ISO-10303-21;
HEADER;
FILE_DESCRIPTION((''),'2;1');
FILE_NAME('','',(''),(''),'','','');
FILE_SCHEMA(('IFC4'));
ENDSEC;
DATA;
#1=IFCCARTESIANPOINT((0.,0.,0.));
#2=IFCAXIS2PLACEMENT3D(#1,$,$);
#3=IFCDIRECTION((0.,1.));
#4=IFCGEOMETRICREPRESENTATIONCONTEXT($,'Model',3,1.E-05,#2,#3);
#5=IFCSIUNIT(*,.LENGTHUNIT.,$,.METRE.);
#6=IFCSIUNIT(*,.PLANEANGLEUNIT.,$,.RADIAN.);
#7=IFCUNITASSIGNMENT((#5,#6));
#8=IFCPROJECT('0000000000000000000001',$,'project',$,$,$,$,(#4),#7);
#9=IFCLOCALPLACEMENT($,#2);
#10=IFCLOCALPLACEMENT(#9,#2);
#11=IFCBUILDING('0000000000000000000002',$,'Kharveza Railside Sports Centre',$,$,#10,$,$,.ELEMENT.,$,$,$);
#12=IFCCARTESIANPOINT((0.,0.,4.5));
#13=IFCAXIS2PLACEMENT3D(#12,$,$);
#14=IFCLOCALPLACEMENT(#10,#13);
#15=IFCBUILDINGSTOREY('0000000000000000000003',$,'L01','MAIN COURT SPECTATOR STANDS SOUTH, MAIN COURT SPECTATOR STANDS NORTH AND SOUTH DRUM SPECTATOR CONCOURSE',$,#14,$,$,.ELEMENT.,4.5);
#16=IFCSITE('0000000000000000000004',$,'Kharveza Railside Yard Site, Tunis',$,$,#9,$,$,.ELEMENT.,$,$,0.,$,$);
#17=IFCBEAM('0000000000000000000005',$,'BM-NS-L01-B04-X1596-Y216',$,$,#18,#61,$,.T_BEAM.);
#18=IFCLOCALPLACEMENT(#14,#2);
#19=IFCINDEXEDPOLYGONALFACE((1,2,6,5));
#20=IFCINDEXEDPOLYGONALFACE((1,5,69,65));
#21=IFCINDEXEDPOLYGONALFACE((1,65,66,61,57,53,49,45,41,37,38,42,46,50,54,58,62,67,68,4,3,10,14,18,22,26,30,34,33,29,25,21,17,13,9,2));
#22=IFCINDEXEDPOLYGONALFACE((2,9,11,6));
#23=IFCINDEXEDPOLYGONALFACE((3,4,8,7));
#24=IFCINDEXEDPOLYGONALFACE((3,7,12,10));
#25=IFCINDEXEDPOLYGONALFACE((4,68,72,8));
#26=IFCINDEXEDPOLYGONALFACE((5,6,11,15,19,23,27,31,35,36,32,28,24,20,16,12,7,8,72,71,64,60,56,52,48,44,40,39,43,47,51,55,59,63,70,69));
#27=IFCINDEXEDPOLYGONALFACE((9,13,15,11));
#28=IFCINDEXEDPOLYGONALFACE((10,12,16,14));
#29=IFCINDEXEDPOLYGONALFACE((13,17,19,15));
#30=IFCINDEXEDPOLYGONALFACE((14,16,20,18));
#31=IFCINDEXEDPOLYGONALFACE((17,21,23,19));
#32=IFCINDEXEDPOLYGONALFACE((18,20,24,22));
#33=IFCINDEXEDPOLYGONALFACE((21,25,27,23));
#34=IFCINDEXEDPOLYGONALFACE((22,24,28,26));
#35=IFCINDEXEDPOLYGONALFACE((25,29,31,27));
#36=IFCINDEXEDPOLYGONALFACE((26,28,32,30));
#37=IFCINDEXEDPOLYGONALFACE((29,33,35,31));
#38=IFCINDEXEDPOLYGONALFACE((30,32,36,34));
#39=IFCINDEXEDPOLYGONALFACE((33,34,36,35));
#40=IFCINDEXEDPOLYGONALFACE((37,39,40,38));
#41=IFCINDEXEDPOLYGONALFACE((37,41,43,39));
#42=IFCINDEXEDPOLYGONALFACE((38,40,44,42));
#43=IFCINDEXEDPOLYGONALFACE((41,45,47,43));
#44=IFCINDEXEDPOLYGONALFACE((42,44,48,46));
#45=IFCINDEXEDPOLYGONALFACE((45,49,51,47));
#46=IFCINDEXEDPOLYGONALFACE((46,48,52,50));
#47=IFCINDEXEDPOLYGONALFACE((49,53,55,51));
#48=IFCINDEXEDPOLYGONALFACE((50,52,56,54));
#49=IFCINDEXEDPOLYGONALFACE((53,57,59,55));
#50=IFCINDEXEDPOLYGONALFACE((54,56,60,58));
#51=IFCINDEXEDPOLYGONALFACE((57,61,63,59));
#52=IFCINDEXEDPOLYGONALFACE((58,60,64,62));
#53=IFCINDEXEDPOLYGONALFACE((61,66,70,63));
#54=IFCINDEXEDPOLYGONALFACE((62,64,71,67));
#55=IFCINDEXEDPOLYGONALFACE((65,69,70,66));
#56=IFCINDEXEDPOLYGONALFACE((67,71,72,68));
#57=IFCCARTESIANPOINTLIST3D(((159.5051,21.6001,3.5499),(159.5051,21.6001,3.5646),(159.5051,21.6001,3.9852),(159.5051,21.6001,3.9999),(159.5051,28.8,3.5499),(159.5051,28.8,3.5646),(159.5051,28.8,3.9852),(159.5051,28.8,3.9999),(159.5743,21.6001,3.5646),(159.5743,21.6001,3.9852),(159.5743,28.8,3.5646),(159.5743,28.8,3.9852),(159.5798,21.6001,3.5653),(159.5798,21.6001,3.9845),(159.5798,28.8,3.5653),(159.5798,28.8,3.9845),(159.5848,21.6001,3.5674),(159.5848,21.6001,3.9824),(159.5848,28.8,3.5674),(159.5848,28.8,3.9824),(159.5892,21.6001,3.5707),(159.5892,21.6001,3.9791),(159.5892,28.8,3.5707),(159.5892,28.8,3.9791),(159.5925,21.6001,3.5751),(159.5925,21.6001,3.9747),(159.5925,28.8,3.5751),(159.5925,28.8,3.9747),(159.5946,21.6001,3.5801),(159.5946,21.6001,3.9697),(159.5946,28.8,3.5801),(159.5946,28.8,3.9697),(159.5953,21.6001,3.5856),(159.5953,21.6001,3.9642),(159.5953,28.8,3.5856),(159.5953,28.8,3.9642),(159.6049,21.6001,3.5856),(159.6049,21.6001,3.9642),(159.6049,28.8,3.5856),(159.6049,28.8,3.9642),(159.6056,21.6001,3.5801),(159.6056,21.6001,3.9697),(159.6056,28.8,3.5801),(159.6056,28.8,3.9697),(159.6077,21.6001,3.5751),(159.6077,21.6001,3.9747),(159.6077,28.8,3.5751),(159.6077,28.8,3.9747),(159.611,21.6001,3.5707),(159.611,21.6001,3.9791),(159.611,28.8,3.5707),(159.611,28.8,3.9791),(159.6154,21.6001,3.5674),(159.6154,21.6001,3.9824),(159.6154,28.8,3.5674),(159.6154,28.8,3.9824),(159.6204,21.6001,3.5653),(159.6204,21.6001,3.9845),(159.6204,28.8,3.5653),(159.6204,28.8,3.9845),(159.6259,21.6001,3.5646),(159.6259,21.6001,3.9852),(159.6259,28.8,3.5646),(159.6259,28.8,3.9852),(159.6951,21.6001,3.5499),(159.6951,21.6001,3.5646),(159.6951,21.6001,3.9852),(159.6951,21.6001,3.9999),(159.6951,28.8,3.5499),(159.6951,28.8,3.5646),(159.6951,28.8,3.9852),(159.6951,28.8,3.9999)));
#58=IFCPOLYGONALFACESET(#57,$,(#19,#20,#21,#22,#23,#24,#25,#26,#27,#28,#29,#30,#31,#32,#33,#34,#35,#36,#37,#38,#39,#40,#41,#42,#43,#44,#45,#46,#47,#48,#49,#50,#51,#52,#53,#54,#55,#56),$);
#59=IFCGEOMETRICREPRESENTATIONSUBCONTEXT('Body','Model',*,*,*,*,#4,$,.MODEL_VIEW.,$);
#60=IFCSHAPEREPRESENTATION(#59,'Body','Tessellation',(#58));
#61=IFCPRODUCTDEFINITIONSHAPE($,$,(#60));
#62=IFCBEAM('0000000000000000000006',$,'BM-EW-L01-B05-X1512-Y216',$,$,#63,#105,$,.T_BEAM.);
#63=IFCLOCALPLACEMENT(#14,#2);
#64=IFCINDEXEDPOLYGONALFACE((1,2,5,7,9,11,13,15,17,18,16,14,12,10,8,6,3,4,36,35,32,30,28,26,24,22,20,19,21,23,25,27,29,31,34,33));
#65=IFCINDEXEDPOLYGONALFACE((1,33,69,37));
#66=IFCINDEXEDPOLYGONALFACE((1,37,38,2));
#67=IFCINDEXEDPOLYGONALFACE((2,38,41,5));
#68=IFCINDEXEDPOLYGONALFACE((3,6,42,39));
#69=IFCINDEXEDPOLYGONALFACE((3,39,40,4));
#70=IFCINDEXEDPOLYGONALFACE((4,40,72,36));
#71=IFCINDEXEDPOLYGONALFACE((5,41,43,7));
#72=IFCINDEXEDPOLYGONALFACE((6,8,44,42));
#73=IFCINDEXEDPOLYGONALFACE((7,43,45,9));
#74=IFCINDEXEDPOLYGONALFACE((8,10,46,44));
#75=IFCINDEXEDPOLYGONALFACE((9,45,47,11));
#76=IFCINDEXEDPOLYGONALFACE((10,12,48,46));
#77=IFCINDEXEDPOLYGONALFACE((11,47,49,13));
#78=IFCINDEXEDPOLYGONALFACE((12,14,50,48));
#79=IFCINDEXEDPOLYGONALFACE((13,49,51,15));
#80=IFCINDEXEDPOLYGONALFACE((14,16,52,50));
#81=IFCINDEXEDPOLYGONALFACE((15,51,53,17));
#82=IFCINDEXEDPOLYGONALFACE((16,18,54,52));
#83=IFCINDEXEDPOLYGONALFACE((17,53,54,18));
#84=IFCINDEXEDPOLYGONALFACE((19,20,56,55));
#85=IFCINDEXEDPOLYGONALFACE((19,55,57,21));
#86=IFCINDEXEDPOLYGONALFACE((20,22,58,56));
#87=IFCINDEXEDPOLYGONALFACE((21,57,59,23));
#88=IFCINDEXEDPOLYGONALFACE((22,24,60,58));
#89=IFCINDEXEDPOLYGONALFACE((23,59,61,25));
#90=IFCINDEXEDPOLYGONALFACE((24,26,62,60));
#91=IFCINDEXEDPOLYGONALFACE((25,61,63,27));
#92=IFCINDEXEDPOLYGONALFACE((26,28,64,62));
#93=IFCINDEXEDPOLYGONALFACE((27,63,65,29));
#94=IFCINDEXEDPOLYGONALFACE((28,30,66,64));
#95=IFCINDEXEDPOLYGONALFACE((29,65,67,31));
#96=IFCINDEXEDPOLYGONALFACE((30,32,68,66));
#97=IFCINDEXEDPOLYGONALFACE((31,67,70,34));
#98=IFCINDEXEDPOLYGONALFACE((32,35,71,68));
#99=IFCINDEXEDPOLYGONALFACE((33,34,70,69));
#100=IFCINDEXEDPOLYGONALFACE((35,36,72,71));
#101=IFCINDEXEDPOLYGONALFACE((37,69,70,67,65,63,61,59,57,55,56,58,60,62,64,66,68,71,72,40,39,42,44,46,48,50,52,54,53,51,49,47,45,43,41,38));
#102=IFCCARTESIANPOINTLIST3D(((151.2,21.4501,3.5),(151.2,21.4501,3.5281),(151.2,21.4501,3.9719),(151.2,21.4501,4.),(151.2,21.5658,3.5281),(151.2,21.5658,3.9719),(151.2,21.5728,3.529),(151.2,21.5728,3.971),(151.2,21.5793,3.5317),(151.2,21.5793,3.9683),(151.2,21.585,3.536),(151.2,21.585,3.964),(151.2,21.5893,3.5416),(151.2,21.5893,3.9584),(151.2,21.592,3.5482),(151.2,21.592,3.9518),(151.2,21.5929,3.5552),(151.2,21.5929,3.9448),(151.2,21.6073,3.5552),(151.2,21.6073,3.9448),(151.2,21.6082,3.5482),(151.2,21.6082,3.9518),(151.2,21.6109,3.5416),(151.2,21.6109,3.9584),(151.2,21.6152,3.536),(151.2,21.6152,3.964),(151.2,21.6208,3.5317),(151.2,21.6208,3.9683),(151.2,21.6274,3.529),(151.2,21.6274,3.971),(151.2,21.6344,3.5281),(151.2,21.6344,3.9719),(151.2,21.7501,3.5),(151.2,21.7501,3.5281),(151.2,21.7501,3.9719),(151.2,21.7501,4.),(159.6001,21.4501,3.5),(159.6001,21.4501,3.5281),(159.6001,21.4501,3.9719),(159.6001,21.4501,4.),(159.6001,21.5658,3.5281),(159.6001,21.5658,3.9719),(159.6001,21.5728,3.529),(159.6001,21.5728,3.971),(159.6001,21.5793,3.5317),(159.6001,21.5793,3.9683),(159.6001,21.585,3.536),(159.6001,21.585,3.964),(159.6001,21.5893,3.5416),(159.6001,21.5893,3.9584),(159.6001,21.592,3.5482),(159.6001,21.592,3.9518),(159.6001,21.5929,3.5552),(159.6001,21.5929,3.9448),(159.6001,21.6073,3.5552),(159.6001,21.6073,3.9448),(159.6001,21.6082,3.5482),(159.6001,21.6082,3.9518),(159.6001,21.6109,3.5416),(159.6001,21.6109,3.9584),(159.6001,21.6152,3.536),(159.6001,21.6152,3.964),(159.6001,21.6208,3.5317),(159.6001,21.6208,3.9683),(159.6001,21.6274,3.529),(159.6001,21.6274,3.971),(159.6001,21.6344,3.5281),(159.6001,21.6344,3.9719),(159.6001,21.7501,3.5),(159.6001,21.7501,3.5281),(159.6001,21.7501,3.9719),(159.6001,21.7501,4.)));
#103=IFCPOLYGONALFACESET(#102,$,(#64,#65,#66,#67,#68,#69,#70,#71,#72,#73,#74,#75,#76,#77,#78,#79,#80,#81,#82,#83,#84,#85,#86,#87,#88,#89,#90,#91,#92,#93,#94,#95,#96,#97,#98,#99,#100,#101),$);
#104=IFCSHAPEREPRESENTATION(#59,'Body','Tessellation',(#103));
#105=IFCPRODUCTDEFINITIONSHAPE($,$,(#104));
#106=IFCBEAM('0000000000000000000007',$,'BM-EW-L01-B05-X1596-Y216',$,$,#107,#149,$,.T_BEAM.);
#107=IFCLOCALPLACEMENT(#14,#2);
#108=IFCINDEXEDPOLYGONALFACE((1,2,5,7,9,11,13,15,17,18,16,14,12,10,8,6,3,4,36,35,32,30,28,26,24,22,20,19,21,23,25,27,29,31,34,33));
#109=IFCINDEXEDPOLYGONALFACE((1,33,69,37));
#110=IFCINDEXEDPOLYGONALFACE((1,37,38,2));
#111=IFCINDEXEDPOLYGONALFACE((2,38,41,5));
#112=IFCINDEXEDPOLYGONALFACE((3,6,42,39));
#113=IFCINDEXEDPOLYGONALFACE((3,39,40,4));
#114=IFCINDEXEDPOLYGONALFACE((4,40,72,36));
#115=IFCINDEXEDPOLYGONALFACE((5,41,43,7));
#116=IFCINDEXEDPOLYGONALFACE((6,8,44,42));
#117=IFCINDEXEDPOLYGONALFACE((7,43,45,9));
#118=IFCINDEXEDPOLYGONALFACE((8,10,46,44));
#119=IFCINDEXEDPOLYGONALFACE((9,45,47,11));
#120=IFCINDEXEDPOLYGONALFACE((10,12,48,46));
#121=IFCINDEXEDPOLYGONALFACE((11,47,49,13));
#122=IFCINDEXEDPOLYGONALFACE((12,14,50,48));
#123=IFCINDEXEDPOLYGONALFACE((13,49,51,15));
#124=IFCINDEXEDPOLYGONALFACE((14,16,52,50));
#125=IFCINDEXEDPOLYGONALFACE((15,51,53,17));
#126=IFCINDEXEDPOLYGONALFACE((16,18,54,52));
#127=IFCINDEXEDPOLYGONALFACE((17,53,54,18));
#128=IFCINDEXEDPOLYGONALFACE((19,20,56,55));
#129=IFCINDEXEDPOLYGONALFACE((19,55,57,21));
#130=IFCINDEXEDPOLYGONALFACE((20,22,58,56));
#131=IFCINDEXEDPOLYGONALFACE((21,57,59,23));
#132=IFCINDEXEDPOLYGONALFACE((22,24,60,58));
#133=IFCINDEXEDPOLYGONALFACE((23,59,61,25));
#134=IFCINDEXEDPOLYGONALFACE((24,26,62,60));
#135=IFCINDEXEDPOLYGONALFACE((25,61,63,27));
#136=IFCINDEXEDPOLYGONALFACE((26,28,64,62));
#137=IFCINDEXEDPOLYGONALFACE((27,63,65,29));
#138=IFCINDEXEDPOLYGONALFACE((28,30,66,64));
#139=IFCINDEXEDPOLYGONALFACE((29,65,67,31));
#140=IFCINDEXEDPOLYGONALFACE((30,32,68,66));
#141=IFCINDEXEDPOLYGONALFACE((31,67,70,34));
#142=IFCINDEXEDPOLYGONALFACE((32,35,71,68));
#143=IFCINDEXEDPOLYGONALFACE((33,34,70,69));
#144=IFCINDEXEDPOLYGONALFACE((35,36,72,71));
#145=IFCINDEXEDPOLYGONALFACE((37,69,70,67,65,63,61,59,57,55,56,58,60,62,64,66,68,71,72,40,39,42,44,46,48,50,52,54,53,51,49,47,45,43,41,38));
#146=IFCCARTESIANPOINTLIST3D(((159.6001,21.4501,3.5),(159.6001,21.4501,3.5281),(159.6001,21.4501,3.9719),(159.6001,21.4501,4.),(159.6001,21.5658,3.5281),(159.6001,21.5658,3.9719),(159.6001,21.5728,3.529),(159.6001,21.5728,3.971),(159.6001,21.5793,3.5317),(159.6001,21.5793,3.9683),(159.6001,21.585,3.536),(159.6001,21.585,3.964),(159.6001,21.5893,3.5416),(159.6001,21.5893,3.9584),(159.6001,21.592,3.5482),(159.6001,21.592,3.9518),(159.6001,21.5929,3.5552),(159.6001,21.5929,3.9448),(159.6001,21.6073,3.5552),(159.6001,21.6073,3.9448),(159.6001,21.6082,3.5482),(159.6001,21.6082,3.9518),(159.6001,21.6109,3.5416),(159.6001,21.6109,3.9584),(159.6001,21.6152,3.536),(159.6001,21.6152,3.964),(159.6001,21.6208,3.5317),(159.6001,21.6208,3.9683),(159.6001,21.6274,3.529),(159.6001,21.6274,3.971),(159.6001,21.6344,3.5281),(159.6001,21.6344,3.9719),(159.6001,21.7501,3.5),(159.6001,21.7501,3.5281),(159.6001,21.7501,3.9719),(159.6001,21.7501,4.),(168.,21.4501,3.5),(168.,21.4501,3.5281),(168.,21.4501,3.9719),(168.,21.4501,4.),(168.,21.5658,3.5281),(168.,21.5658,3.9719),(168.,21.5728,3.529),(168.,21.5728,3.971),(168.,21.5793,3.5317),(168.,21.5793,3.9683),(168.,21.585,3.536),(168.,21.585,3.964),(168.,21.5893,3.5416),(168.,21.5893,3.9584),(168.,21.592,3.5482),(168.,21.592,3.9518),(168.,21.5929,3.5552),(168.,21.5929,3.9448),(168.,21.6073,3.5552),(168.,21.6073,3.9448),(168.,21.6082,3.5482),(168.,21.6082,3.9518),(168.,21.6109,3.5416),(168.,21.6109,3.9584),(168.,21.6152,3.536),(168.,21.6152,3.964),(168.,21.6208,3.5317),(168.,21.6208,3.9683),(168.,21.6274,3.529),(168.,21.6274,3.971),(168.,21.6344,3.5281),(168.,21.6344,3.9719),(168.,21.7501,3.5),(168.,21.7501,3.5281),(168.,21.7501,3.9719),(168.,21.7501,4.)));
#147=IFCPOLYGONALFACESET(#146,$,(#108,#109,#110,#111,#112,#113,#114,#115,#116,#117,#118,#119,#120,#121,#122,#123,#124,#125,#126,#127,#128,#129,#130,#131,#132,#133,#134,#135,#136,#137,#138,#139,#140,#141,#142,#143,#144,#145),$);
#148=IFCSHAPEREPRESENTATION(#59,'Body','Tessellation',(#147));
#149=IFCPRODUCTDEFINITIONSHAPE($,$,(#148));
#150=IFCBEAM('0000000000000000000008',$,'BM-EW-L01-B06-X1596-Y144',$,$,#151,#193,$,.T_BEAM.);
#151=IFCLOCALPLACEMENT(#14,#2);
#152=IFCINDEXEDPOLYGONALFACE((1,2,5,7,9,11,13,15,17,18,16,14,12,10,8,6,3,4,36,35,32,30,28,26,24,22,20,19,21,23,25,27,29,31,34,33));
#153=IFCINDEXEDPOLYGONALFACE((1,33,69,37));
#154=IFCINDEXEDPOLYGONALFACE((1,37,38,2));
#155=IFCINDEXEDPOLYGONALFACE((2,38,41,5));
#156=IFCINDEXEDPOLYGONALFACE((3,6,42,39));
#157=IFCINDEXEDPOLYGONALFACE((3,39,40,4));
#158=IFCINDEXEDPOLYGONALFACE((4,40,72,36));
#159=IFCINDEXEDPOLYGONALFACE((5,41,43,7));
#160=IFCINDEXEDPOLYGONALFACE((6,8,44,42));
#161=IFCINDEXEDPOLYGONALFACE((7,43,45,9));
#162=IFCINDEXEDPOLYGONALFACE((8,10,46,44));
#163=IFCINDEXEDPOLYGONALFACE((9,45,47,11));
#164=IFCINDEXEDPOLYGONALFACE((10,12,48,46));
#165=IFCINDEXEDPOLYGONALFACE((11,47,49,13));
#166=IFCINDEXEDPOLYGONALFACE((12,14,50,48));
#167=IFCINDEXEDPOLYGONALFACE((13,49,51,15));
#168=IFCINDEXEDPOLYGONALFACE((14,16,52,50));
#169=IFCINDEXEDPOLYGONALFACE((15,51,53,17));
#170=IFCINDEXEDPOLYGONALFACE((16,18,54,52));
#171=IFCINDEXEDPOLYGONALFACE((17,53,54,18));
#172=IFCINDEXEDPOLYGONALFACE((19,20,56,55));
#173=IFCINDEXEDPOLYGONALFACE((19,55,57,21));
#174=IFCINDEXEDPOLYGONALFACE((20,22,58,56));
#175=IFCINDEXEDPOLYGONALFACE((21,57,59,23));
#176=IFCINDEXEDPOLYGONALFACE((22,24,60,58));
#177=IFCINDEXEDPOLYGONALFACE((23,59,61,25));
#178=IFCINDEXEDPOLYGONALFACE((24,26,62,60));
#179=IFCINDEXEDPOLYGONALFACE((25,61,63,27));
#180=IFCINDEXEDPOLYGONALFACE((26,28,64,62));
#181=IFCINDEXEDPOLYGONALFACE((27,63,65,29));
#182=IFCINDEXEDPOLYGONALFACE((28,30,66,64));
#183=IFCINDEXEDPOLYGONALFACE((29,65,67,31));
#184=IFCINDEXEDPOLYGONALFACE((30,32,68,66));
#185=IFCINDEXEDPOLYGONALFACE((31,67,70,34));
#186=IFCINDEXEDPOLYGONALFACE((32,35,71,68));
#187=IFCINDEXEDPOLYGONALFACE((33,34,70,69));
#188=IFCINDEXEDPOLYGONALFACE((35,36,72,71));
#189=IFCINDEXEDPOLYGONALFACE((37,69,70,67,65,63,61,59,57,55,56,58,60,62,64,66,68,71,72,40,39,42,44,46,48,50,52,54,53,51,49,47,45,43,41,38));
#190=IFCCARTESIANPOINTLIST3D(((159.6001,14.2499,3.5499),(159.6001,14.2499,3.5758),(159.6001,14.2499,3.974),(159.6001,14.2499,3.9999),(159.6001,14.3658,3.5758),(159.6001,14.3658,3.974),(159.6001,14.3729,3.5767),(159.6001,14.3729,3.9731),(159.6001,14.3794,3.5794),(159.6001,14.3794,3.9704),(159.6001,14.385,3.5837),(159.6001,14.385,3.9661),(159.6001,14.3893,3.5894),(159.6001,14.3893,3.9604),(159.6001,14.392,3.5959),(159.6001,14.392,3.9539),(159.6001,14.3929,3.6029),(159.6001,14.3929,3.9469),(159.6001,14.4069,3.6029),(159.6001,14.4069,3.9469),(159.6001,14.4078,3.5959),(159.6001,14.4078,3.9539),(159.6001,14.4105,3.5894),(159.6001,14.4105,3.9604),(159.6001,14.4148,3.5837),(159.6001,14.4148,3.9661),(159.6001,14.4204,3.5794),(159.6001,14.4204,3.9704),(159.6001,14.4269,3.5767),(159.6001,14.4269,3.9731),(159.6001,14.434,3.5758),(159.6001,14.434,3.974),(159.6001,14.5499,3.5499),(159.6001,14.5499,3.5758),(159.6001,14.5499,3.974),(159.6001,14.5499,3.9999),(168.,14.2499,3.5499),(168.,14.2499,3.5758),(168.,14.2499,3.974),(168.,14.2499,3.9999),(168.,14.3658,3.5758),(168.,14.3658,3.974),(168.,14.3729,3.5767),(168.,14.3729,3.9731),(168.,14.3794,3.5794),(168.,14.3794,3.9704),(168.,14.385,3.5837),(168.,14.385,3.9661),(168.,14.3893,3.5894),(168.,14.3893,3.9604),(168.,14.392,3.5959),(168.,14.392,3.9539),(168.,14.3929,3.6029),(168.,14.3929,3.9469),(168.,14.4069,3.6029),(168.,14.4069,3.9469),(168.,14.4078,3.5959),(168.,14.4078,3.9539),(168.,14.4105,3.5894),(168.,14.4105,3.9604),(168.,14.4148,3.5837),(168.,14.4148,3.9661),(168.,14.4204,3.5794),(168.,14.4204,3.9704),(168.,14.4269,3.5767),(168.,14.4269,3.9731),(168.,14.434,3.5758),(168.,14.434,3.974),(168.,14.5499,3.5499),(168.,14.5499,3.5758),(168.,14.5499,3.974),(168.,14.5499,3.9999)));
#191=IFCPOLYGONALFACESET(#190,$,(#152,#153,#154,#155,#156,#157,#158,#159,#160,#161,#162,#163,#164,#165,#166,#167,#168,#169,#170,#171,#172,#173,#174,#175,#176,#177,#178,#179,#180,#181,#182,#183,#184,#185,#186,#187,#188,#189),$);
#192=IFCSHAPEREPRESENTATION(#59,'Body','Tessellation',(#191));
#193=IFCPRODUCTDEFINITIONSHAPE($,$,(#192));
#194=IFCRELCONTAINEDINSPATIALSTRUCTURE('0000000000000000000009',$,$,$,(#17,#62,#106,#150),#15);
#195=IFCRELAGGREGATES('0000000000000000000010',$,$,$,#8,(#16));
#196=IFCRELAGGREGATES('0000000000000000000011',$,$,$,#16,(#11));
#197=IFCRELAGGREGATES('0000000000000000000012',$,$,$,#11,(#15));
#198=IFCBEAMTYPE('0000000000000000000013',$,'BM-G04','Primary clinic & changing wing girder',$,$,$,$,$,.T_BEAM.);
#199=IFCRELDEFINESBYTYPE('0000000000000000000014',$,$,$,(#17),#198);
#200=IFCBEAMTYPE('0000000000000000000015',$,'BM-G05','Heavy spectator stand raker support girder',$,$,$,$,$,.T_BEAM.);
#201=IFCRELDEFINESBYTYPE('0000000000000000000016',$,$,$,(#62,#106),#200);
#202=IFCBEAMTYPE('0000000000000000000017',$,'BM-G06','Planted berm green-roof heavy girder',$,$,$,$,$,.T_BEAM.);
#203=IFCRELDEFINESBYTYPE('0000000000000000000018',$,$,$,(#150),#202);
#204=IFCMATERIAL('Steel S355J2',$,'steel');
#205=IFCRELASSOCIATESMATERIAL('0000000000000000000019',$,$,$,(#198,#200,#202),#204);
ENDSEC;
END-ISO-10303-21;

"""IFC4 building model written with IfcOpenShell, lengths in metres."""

from ifc_helpers import new_model, si_unit, direction, frame, origin, origin_2d, place, context, subcontext, project, spatial, i_section, extrude, material, material_profile, profile_set, type_object, element, save


model = new_model("IFC4")

# Units and contexts
model_context = context("Model", 3, precision=1e-05, world=origin(), true_north=direction((0.0, 1.0)))
body_context = subcontext(model_context, "Body", "Model", "MODEL_VIEW")
ifc_project = project(units=[si_unit("LENGTHUNIT", "METRE"), si_unit("PLANEANGLEUNIT", "RADIAN")], contexts=[model_context])

# Site, building, storey
site_placement = place(None, origin())
site = spatial("IfcSite", under=ifc_project, at=site_placement, Name="Kharveza Railside Yard Site, Tunis", CompositionType="ELEMENT", RefElevation=0.0)
building_placement = place(site_placement, origin())
building = spatial("IfcBuilding", under=site, at=building_placement, Name="Kharveza Railside Sports Centre", CompositionType="ELEMENT")
storey_placement = place(building_placement, frame((0.0, 0.0, 4.5)))
storey = spatial("IfcBuildingStorey", under=building, at=storey_placement, Name="L01", Description="MAIN COURT SPECTATOR STANDS SOUTH, MAIN COURT SPECTATOR STANDS NORTH AND SOUTH DRUM SPECTATOR CONCOURSE", CompositionType="ELEMENT", Elevation=4.5)

# Shared definitions
ifc_material_1 = material(Name="Steel S355J2", Category="steel")

# Beams
ifc_material_profile_1 = material_profile(ifc_material_1, i_section(OverallWidth=0.1899, OverallDepth=0.45, WebThickness=0.0095, FlangeThickness=0.0146, FilletRadius=0.021, at=origin_2d()), Name="IPE 450")
ifc_profile_set_1 = profile_set([ifc_material_profile_1], Name="Steel S355J2")
beam_type_1 = type_object("IfcBeamType", Name="BM-G04", Description="Primary clinic & changing wing girder", PredefinedType="T_BEAM", material=ifc_profile_set_1)
beam_1_placement = place(storey_placement, frame((159.6001, 21.6001, 3.7749), z_axis=(0.0, 1.0, 0.0), x_axis=(-1.0, 0.0, 0.0)))
element("IfcBeam", 1, at=beam_1_placement, inside=storey, type_object=beam_type_1, Name="BM-NS-L01-B04-X1596-Y216", PredefinedType="T_BEAM", context=body_context, shape_type="SweptSolid", body=[
    extrude(i_section(OverallWidth=0.1899, OverallDepth=0.45, WebThickness=0.0095, FlangeThickness=0.0146, FilletRadius=0.021, at=origin_2d()), origin(), (0.0, 0.0, 1.0), 7.2),
])
ifc_material_profile_2 = material_profile(ifc_material_1, i_section(OverallWidth=0.3, OverallDepth=0.5, WebThickness=0.0144, FlangeThickness=0.0281, FilletRadius=0.0271, at=origin_2d()), Name="HEB 500")
ifc_profile_set_2 = profile_set([ifc_material_profile_2], Name="Steel S355J2")
beam_type_2 = type_object("IfcBeamType", Name="BM-G05", Description="Heavy spectator stand raker support girder", PredefinedType="T_BEAM", material=ifc_profile_set_2)
beam_2_placement = place(storey_placement, frame((151.2, 21.6001, 3.75), z_axis=(1.0, 0.0, 0.0), x_axis=(0.0, 1.0, 0.0)))
element("IfcBeam", 2, at=beam_2_placement, inside=storey, type_object=beam_type_2, Name="BM-EW-L01-B05-X1512-Y216", PredefinedType="T_BEAM", context=body_context, shape_type="SweptSolid", body=[
    extrude(i_section(OverallWidth=0.3, OverallDepth=0.5, WebThickness=0.0144, FlangeThickness=0.0281, FilletRadius=0.0271, at=origin_2d()), origin(), (0.0, 0.0, 1.0), 8.4001),
])
beam_3_placement = place(storey_placement, frame((159.6001, 21.6001, 3.75), z_axis=(1.0, 0.0, 0.0), x_axis=(0.0, 1.0, 0.0)))
element("IfcBeam", 3, at=beam_3_placement, inside=storey, type_object=beam_type_2, Name="BM-EW-L01-B05-X1596-Y216", PredefinedType="T_BEAM", context=body_context, shape_type="SweptSolid", body=[
    extrude(i_section(OverallWidth=0.3, OverallDepth=0.5, WebThickness=0.0144, FlangeThickness=0.0281, FilletRadius=0.0271, at=origin_2d()), origin(), (0.0, 0.0, 1.0), 8.3999),
])
ifc_material_profile_3 = material_profile(ifc_material_1, i_section(OverallWidth=0.3, OverallDepth=0.45, WebThickness=0.0139, FlangeThickness=0.0259, FilletRadius=0.0271, at=origin_2d()), Name="HEB 450")
ifc_profile_set_3 = profile_set([ifc_material_profile_3], Name="Steel S355J2")
beam_type_3 = type_object("IfcBeamType", Name="BM-G06", Description="Planted berm green-roof heavy girder", PredefinedType="T_BEAM", material=ifc_profile_set_3)
beam_4_placement = place(storey_placement, frame((159.6001, 14.3999, 3.7749), z_axis=(1.0, 0.0, 0.0), x_axis=(0.0, 1.0, 0.0)))
element("IfcBeam", 4, at=beam_4_placement, inside=storey, type_object=beam_type_3, Name="BM-EW-L01-B06-X1596-Y144", PredefinedType="T_BEAM", context=body_context, shape_type="SweptSolid", body=[
    extrude(i_section(OverallWidth=0.3, OverallDepth=0.45, WebThickness=0.0139, FlangeThickness=0.0259, FilletRadius=0.0271, at=origin_2d()), origin(), (0.0, 0.0, 1.0), 8.3999),
])

save(model, "model.ifc")
